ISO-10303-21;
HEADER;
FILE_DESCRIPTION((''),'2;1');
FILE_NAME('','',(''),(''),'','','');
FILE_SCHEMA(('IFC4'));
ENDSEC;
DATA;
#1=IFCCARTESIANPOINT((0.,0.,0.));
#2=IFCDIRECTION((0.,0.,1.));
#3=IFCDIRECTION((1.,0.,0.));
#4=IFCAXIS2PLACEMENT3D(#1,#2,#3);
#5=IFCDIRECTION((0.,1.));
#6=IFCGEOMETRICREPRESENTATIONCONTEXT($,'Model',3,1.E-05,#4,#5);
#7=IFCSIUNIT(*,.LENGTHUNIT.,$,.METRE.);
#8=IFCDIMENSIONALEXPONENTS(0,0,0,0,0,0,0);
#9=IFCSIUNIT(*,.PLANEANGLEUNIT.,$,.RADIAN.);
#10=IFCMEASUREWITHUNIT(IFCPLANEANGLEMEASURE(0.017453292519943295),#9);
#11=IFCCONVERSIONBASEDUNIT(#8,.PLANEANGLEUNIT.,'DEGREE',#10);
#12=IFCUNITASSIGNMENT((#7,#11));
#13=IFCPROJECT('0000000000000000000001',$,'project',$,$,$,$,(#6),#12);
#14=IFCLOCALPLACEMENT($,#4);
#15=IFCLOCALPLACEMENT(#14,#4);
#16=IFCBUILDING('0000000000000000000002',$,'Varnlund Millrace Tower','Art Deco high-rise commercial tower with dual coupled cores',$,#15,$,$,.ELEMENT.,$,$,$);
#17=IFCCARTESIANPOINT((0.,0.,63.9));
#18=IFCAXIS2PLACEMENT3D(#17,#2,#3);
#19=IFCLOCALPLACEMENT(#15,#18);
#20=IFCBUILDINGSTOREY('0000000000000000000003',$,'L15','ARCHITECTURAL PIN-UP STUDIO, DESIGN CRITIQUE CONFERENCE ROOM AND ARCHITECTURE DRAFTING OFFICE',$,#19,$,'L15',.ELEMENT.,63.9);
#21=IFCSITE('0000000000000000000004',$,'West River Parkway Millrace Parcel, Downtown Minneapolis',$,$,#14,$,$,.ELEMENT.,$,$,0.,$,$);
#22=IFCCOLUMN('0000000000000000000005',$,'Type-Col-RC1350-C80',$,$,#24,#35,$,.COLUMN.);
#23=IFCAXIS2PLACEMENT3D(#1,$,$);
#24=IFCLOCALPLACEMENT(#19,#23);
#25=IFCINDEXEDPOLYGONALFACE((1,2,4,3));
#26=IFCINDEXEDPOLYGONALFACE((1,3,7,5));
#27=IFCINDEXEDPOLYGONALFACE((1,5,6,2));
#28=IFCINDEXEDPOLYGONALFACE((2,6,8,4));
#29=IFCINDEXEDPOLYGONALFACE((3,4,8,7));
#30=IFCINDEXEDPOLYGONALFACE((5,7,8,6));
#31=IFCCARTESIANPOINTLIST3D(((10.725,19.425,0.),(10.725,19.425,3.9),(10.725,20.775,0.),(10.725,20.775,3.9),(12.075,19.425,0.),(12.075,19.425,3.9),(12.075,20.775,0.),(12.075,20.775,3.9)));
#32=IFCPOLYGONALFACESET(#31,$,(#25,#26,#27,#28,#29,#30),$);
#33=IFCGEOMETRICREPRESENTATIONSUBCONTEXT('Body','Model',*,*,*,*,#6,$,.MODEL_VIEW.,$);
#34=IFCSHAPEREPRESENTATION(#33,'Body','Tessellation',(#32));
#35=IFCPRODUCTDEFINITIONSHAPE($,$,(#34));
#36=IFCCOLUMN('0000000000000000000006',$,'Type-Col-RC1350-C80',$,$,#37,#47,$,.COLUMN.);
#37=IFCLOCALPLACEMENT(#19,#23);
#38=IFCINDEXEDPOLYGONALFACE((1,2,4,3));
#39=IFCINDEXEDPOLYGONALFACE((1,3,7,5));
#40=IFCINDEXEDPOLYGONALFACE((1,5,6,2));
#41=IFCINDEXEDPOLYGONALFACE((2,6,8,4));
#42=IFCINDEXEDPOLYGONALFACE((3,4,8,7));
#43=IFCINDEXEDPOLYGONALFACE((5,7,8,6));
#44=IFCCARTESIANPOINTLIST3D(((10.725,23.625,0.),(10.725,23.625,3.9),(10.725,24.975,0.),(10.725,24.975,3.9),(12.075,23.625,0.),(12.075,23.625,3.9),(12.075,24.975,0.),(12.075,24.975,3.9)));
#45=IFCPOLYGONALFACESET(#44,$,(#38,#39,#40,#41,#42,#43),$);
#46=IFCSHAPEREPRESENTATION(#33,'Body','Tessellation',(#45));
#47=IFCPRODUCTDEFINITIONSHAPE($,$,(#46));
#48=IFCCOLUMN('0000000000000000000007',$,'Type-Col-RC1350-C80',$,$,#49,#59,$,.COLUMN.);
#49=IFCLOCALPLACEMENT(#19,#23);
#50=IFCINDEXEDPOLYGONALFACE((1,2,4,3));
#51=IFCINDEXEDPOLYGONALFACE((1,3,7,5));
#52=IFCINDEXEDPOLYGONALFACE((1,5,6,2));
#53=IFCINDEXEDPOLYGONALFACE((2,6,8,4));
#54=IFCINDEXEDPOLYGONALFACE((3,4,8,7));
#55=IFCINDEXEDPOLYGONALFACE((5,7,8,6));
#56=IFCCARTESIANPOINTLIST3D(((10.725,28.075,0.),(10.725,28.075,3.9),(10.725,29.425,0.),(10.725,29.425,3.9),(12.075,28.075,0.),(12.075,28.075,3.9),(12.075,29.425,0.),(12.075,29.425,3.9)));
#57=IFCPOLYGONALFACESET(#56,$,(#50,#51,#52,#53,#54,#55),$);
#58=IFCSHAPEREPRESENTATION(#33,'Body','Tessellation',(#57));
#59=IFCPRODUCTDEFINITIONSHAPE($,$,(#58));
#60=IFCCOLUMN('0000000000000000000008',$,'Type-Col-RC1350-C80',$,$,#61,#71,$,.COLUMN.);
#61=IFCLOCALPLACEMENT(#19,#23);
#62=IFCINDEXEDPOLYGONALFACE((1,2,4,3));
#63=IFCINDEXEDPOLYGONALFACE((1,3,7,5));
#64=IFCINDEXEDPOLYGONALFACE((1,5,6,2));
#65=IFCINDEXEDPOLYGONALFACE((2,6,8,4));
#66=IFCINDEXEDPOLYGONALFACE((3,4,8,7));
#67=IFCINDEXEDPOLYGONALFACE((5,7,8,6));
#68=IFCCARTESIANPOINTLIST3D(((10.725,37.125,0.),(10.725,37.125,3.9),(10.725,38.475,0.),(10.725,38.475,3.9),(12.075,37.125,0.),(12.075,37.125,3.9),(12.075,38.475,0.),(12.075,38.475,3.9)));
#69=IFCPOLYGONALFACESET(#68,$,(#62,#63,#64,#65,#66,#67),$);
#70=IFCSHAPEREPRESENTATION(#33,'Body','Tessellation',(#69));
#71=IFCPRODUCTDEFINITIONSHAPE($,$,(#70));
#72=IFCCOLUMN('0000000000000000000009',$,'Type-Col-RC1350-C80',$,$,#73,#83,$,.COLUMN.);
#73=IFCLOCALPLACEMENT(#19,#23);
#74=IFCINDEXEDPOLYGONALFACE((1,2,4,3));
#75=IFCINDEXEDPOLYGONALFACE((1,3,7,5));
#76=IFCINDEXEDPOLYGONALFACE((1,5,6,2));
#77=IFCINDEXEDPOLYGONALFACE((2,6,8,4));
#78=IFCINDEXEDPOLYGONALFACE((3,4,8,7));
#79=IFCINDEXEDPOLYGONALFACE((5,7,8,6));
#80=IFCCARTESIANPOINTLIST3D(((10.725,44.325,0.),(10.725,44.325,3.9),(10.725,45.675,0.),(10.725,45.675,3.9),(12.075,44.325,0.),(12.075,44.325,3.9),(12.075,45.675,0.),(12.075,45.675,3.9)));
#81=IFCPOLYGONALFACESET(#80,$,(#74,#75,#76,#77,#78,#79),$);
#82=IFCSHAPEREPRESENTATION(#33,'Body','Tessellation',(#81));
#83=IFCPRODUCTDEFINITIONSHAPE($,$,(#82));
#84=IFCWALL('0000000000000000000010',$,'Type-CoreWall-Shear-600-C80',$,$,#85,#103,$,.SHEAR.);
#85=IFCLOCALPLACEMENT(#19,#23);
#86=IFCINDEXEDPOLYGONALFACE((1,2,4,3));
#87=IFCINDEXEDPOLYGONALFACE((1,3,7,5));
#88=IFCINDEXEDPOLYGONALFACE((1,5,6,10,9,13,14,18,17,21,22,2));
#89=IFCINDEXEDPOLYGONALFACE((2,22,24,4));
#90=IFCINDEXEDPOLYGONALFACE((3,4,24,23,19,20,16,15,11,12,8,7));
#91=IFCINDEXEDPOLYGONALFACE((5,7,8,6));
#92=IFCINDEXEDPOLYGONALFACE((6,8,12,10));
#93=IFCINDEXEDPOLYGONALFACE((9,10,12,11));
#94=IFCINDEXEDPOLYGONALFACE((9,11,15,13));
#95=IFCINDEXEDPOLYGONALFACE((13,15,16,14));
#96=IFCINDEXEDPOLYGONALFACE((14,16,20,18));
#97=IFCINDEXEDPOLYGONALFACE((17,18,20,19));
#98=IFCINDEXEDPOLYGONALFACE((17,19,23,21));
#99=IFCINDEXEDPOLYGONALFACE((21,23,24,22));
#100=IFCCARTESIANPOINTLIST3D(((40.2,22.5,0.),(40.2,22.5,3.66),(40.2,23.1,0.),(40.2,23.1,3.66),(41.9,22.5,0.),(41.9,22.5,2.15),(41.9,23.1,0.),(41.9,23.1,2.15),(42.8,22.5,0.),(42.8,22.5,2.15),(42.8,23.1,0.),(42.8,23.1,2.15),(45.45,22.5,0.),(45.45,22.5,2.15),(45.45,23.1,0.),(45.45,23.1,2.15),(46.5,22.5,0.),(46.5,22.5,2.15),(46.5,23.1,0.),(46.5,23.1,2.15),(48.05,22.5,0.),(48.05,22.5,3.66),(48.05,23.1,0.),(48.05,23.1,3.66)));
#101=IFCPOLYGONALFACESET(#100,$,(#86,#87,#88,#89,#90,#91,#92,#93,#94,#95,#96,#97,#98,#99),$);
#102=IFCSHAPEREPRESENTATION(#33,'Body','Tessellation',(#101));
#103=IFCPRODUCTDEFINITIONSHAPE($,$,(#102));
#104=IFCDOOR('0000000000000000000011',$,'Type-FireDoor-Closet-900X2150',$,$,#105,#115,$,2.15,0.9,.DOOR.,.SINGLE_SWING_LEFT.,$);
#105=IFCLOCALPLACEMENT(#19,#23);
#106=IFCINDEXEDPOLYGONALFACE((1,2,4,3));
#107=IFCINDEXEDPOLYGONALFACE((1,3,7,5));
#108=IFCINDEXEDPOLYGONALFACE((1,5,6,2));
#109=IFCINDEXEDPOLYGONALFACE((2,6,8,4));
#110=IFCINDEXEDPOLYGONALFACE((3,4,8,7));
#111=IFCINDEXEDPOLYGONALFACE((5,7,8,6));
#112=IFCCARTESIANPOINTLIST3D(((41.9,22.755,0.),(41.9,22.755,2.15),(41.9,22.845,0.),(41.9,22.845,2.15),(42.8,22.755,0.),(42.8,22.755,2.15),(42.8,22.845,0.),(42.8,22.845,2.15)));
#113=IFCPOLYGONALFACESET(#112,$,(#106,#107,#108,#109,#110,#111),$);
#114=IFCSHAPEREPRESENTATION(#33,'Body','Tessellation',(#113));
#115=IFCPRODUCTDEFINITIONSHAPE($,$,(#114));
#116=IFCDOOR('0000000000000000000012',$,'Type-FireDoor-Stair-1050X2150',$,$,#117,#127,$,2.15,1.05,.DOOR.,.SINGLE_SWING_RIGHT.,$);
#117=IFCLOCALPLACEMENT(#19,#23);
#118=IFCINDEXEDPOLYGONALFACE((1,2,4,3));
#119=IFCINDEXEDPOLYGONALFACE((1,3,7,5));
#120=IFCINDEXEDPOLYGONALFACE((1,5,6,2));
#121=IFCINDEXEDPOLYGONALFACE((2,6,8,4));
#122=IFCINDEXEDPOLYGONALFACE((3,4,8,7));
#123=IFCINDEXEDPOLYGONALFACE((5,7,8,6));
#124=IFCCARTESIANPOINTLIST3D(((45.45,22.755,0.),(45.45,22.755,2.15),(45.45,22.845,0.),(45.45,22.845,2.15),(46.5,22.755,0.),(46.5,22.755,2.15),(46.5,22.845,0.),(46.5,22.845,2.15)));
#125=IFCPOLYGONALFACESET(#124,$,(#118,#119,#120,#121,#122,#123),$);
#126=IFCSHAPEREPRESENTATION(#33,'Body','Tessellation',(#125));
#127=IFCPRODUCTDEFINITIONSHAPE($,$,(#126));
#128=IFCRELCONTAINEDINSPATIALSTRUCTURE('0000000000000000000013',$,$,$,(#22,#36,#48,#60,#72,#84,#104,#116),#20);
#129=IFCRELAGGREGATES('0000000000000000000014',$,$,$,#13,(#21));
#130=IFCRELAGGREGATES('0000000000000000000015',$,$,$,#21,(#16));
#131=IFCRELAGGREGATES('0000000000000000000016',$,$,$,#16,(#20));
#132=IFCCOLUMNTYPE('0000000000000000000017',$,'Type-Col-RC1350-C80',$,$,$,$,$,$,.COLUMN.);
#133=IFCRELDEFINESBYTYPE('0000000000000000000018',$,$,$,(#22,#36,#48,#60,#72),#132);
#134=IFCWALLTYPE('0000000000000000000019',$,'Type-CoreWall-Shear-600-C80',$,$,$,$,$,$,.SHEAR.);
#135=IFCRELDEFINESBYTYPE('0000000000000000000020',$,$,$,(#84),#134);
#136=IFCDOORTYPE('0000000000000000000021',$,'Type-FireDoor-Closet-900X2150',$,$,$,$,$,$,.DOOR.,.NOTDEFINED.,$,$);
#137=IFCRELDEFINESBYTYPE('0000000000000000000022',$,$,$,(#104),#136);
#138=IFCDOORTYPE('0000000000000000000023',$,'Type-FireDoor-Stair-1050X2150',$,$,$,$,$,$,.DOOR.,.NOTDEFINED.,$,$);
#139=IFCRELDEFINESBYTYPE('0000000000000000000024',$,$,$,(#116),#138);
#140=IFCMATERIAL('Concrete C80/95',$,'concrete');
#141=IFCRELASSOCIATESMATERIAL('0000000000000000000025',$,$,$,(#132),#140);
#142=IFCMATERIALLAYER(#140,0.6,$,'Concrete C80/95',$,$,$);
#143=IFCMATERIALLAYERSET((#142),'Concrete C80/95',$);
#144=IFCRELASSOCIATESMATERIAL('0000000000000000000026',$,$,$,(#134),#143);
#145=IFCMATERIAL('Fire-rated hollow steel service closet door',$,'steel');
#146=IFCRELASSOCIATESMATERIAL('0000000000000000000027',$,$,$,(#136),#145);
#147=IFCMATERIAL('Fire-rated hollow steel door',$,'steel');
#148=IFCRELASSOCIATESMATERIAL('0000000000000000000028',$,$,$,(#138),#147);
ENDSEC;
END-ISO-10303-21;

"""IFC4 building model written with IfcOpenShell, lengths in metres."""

from ifc_helpers import new_model, entity, si_unit, converted_unit, direction, frame, origin_with_axes, origin_2d_with_axis, place, context, subcontext, project, spatial, polyline, rectangle, outline, extrude, material, layer, layer_set, material_profile, profile_set, type_object, element, fill, save


model = new_model("IFC4")

# Units and contexts
model_context = context("Model", 3, precision=1e-05, world=origin_with_axes(), true_north=direction((0.0, 1.0)))
body_context = subcontext(model_context, "Body", "Model", "MODEL_VIEW")
ifc_project = project(units=[si_unit("LENGTHUNIT", "METRE"), converted_unit("PLANEANGLEUNIT", "DEGREE", entity("IfcPlaneAngleMeasure", 0.017453292519943295), si_unit("PLANEANGLEUNIT", "RADIAN"), dimensions=[0, 0, 0, 0, 0, 0, 0])], contexts=[model_context])

# Site, building, storey
site_placement = place(None, origin_with_axes())
site = spatial("IfcSite", under=ifc_project, at=site_placement, Name="West River Parkway Millrace Parcel, Downtown Minneapolis", CompositionType="ELEMENT", RefElevation=0.0)
building_placement = place(site_placement, origin_with_axes())
building = spatial("IfcBuilding", under=site, at=building_placement, Name="Varnlund Millrace Tower", Description="Art Deco high-rise commercial tower with dual coupled cores", CompositionType="ELEMENT")
storey_placement = place(building_placement, frame((0.0, 0.0, 63.9), z_axis=(0.0, 0.0, 1.0), x_axis=(1.0, 0.0, 0.0)))
storey = spatial("IfcBuildingStorey", under=building, at=storey_placement, Name="L15", Description="ARCHITECTURAL PIN-UP STUDIO, DESIGN CRITIQUE CONFERENCE ROOM AND ARCHITECTURE DRAFTING OFFICE", LongName="L15", CompositionType="ELEMENT", Elevation=63.9)

# Columns
ifc_material_1 = material(Name="Concrete C80/95", Category="concrete")
ifc_material_profile = material_profile(ifc_material_1, rectangle(XDim=1.35, YDim=1.35, at=origin_2d_with_axis()), Name="Concrete C80/95")
ifc_profile_set = profile_set([ifc_material_profile], Name="Concrete C80/95")
column_type = type_object("IfcColumnType", Name="Type-Col-RC1350-C80", PredefinedType="COLUMN", material=ifc_profile_set)
for number, where, z_axis, x_axis, name in (
    (1, (11.4, 20.1, 0.0), (0.0, 0.0, 1.0), (1.0, 0.0, 0.0), "Type-Col-RC1350-C80"),
    (2, (11.4, 24.3, 0.0), (0.0, 0.0, 1.0), (1.0, 0.0, 0.0), "Type-Col-RC1350-C80"),
    (3, (11.4, 28.75, 0.0), (0.0, 0.0, 1.0), (1.0, 0.0, 0.0), "Type-Col-RC1350-C80"),
    (4, (11.4, 37.8, 0.0), (0.0, 0.0, 1.0), (1.0, 0.0, 0.0), "Type-Col-RC1350-C80"),
    (5, (11.4, 45.0, 0.0), (0.0, 0.0, 1.0), (1.0, 0.0, 0.0), "Type-Col-RC1350-C80"),
):
    element("IfcColumn", number, at=place(storey_placement, frame(where, z_axis=z_axis, x_axis=x_axis)), inside=storey, type_object=column_type, Name=name, PredefinedType="COLUMN", context=body_context, shape_type="SweptSolid", body=[
        extrude(rectangle(XDim=1.35, YDim=1.35, at=origin_2d_with_axis()), origin_with_axes(), (0.0, 0.0, 1.0), 3.9),
    ])

# Wall, openings, doors
ifc_layer_1 = layer(ifc_material_1, 0.6, Name="Concrete C80/95")
ifc_layer_set_1 = layer_set([ifc_layer_1], Name="Concrete C80/95")
wall_type_1 = type_object("IfcWallType", Name="Type-CoreWall-Shear-600-C80", PredefinedType="SHEAR", material=ifc_layer_set_1)
wall_1_placement = place(storey_placement, frame((40.2, 22.8, 0.0), z_axis=(0.0, 0.0, 1.0), x_axis=(1.0, 0.0, 0.0)))
wall_1 = element("IfcWall", 6, at=wall_1_placement, inside=storey, type_object=wall_type_1, Name="Type-CoreWall-Shear-600-C80", PredefinedType="SHEAR", context=body_context, shape_type="SweptSolid", body=[
    extrude(outline(polyline([(0.0, -0.3), (7.85, -0.3), (7.85, 0.3), (0.0, 0.3), (0.0, -0.3)])), origin_with_axes(), (0.0, 0.0, 1.0), 3.66),
])
opening_1_placement = place(wall_1_placement, frame((5.775, 0.0, 0.0), z_axis=(0.0, 0.0, 1.0), x_axis=(1.0, 0.0, 0.0)))
opening_1 = element("IfcOpeningElement", 7, at=opening_1_placement, cuts=wall_1, PredefinedType="OPENING", context=body_context, shape_type="SweptSolid", body=[
    extrude(rectangle(XDim=1.05, YDim=0.62, at=origin_2d_with_axis()), origin_with_axes(), (0.0, 0.0, 1.0), 2.15),
])
opening_2_placement = place(wall_1_placement, frame((2.15, 0.0, 0.0), z_axis=(0.0, 0.0, 1.0), x_axis=(1.0, 0.0, 0.0)))
opening_2 = element("IfcOpeningElement", 8, at=opening_2_placement, cuts=wall_1, PredefinedType="OPENING", context=body_context, shape_type="SweptSolid", body=[
    extrude(rectangle(XDim=0.9, YDim=0.62, at=origin_2d_with_axis()), origin_with_axes(), (0.0, 0.0, 1.0), 2.15),
])
ifc_material_2 = material(Name="Fire-rated hollow steel service closet door", Category="steel")
door_type_1 = type_object("IfcDoorType", Name="Type-FireDoor-Closet-900X2150", OperationType="NOTDEFINED", PredefinedType="DOOR", material=ifc_material_2)
door_1_placement = place(wall_1_placement, frame((2.15, 0.0, 0.0), z_axis=(0.0, 0.0, 1.0), x_axis=(1.0, 0.0, 0.0)))
door_1 = element("IfcDoor", 9, at=door_1_placement, inside=storey, type_object=door_type_1, Name="Type-FireDoor-Closet-900X2150", OperationType="SINGLE_SWING_LEFT", OverallHeight=2.15, OverallWidth=0.9, PredefinedType="DOOR", context=body_context, shape_type="SweptSolid", body=[
    extrude(rectangle(XDim=0.9, YDim=0.09, at=origin_2d_with_axis()), origin_with_axes(), (0.0, 0.0, 1.0), 2.15),
])
fill(opening_2, door_1)
ifc_material_3 = material(Name="Fire-rated hollow steel door", Category="steel")
door_type_2 = type_object("IfcDoorType", Name="Type-FireDoor-Stair-1050X2150", OperationType="NOTDEFINED", PredefinedType="DOOR", material=ifc_material_3)
door_2_placement = place(wall_1_placement, frame((5.775, 0.0, 0.0), z_axis=(0.0, 0.0, 1.0), x_axis=(1.0, 0.0, 0.0)))
door_2 = element("IfcDoor", 10, at=door_2_placement, inside=storey, type_object=door_type_2, Name="Type-FireDoor-Stair-1050X2150", OperationType="SINGLE_SWING_RIGHT", OverallHeight=2.15, OverallWidth=1.05, PredefinedType="DOOR", context=body_context, shape_type="SweptSolid", body=[
    extrude(rectangle(XDim=1.05, YDim=0.09, at=origin_2d_with_axis()), origin_with_axes(), (0.0, 0.0, 1.0), 2.15),
])
fill(opening_1, door_2)

save(model, "model.ifc")
